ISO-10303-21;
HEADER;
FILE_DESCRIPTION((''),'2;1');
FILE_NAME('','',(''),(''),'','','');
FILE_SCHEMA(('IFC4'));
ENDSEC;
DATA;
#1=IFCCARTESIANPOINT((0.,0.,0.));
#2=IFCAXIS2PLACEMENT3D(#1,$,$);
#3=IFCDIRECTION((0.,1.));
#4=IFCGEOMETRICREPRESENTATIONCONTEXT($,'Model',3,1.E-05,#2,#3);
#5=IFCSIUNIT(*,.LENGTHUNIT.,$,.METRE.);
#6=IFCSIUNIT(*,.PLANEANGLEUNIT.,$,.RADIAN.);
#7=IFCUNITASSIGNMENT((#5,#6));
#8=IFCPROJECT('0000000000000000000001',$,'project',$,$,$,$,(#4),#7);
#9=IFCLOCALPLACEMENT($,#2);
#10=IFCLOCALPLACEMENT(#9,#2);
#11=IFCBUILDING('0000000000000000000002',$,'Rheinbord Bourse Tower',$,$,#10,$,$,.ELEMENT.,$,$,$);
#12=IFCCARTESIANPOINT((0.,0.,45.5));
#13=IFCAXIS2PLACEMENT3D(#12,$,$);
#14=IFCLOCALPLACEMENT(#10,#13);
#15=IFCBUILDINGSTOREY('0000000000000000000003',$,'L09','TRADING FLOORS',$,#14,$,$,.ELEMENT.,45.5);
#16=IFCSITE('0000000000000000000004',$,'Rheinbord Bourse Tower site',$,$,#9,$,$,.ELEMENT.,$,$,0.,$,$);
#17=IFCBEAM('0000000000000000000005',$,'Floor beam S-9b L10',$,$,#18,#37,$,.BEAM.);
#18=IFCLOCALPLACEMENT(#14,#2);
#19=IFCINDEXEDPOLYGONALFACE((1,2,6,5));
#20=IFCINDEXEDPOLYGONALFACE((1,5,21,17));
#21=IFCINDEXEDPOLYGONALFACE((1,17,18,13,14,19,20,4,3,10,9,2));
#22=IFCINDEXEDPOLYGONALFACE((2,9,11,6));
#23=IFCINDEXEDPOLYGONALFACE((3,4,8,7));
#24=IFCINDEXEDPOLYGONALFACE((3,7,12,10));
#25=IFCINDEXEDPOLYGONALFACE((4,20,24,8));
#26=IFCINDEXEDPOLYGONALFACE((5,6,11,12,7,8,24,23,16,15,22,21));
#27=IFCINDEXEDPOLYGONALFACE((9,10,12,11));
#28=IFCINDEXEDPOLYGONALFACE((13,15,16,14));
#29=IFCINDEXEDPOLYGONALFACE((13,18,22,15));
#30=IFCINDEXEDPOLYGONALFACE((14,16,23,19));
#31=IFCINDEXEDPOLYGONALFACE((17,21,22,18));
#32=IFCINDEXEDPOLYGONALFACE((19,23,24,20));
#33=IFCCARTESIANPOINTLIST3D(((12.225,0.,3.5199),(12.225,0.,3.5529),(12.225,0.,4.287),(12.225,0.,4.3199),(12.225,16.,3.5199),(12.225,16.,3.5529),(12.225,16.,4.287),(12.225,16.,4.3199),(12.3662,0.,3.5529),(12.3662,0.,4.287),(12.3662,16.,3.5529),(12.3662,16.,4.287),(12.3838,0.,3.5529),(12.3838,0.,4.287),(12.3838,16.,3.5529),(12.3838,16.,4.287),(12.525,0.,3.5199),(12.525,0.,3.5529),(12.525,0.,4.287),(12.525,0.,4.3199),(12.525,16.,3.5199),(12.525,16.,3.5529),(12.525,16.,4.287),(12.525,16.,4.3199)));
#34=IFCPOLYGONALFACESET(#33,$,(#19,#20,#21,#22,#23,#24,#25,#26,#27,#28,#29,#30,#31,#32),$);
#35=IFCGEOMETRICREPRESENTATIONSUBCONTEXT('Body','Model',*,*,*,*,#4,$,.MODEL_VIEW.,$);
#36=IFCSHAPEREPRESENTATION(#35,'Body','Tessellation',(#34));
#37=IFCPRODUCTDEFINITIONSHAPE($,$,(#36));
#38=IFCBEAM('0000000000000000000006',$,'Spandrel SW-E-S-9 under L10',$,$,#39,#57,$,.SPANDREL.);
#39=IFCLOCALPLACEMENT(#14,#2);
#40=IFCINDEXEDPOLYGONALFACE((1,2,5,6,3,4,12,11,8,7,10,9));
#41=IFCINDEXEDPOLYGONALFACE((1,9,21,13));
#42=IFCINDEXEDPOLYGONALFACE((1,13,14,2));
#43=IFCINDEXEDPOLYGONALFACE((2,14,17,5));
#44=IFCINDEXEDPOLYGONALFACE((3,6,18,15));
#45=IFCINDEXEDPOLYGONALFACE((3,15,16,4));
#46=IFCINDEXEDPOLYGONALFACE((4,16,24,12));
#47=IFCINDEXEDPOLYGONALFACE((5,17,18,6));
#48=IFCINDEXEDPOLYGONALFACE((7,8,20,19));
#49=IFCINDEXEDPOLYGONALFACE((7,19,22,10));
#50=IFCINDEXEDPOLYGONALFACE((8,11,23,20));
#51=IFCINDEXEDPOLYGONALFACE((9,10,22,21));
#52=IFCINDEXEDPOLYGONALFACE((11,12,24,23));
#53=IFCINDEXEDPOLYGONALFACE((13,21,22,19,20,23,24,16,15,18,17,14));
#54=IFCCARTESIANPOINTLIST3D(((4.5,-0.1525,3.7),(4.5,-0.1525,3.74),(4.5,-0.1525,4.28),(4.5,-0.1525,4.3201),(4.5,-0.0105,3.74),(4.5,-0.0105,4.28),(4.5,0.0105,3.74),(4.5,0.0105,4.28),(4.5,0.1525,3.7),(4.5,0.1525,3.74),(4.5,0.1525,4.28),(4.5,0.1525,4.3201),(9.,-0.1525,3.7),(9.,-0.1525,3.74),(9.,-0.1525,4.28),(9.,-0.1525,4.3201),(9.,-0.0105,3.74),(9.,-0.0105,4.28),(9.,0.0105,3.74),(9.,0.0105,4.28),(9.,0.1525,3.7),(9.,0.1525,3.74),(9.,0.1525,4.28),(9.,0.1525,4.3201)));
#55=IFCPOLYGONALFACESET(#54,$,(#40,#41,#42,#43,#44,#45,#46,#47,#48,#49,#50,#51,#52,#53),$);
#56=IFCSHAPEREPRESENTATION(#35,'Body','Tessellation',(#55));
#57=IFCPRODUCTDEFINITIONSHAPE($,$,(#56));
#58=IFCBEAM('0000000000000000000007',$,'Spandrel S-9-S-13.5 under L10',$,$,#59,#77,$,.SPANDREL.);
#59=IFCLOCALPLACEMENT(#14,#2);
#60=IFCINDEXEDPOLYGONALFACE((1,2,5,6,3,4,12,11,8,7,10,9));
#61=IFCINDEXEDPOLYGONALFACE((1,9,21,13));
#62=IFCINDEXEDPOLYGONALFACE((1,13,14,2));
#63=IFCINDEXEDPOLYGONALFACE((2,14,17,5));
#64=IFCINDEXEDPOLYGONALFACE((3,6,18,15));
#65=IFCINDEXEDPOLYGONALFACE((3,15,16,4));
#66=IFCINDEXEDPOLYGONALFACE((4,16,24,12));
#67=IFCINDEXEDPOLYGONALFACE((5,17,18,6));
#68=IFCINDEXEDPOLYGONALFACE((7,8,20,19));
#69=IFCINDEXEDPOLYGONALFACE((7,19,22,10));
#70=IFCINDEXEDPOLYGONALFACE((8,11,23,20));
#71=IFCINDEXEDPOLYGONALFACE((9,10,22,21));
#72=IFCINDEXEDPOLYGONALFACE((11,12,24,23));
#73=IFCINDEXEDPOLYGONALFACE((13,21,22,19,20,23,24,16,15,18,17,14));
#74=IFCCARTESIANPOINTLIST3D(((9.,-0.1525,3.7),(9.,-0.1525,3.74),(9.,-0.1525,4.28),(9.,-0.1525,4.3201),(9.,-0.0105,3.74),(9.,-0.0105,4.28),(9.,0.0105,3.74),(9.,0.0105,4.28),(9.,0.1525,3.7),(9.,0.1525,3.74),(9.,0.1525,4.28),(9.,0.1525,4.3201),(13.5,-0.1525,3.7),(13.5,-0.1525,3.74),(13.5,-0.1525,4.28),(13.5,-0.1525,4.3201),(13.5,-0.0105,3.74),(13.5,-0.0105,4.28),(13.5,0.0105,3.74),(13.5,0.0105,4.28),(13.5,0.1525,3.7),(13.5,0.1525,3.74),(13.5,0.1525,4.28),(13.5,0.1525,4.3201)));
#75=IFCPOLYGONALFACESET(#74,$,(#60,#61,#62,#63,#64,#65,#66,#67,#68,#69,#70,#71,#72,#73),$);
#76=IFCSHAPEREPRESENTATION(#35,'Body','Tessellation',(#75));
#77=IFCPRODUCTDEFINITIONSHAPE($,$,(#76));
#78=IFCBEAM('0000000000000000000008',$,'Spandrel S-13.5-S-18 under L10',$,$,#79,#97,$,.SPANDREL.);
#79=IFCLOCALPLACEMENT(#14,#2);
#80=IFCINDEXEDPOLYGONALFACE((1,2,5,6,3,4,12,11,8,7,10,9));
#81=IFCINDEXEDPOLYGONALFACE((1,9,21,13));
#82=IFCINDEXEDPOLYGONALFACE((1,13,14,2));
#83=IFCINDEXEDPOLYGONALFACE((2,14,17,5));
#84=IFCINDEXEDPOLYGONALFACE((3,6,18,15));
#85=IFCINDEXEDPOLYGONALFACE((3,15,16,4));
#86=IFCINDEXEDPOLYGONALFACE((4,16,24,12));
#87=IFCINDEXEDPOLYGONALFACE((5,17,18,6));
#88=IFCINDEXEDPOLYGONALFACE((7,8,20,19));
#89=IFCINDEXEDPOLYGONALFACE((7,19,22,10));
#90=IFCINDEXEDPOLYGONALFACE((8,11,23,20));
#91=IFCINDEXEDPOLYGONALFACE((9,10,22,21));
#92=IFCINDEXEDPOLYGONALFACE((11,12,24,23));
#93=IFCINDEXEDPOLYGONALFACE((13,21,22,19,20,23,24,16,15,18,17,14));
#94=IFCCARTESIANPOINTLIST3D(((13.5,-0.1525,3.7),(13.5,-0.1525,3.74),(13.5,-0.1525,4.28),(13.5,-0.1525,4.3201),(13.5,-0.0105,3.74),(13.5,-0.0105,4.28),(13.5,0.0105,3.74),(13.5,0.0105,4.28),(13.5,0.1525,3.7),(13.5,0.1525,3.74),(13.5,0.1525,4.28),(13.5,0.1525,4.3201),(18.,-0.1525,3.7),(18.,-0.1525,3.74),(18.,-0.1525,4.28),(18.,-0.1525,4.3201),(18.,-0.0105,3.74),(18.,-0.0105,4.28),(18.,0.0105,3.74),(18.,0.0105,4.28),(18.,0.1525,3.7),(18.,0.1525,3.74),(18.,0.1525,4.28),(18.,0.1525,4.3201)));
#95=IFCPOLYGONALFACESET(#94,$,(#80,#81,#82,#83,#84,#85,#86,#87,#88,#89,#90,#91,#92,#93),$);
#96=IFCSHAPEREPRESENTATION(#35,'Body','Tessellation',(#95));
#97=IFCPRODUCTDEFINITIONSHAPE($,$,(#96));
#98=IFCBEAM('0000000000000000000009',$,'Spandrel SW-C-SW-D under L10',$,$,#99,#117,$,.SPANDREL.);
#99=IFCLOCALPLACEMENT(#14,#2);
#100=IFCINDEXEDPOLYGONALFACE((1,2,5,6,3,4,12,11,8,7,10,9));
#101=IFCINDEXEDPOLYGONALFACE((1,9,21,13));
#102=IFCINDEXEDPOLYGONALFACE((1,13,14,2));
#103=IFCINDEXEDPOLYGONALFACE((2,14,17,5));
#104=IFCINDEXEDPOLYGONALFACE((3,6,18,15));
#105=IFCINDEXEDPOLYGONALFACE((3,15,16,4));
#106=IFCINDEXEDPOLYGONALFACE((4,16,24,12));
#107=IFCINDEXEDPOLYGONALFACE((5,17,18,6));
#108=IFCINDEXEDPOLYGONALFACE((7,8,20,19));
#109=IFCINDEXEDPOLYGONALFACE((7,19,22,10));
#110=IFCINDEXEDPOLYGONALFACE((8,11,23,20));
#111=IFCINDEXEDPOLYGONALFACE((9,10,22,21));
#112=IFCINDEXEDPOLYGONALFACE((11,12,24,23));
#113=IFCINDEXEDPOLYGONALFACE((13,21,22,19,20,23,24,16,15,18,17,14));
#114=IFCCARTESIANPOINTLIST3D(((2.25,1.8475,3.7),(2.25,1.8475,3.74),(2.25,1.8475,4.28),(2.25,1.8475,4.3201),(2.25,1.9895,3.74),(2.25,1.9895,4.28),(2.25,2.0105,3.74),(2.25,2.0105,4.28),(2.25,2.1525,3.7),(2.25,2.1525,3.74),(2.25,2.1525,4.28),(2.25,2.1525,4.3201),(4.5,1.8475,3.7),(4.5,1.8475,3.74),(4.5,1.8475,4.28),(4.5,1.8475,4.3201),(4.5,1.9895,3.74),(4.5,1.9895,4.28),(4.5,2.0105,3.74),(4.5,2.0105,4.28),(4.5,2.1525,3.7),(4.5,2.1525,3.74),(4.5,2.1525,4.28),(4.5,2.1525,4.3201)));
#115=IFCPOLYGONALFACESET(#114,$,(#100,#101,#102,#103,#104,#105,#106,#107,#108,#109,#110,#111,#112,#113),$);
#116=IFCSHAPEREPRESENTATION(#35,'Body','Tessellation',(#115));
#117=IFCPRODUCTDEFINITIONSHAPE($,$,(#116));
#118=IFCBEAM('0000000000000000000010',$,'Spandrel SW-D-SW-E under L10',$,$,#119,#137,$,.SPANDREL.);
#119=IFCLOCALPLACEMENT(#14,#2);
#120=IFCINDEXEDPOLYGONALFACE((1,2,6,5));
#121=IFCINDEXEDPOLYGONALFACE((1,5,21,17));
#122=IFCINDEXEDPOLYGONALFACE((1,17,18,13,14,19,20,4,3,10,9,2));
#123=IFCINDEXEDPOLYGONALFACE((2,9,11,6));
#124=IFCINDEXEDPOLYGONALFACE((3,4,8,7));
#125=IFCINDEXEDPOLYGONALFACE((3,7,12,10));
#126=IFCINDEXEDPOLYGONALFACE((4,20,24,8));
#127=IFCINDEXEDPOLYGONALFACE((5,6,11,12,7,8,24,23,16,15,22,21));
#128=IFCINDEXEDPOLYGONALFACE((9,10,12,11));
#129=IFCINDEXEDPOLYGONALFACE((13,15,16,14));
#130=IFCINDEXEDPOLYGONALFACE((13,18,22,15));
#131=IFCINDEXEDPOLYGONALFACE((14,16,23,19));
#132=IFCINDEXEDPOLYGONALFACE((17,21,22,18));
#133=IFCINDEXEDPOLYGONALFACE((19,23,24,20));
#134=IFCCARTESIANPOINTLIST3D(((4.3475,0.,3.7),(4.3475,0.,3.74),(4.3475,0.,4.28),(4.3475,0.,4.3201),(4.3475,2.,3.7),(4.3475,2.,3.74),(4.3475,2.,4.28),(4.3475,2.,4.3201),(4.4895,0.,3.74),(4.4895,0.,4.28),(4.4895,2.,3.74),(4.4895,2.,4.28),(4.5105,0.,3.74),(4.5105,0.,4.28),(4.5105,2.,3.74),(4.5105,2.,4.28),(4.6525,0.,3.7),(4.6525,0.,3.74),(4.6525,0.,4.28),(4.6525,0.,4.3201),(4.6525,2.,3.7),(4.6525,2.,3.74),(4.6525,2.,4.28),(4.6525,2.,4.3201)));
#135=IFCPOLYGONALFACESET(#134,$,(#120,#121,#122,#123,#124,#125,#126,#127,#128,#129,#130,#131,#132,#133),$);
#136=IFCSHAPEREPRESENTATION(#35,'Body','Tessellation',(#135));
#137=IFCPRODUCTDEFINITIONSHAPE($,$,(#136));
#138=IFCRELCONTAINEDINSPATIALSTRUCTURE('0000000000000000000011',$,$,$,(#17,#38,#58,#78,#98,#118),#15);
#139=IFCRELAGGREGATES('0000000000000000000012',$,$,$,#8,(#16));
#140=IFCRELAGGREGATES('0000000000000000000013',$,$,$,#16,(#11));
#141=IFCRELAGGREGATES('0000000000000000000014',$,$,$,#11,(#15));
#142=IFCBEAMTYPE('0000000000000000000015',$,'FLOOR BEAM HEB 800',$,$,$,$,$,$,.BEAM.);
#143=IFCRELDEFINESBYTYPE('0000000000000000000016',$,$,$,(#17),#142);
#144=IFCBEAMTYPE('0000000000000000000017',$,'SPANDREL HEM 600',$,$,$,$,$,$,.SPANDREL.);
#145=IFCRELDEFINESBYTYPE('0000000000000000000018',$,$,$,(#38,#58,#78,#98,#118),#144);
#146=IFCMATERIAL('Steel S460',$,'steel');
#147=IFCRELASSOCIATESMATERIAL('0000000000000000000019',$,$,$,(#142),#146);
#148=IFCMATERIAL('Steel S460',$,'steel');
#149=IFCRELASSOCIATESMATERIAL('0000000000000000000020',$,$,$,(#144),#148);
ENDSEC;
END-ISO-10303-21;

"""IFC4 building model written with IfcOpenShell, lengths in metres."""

from ifc_helpers import new_model, si_unit, direction, frame, origin, origin_2d, place, context, subcontext, project, spatial, i_section, extrude, material, material_profile, profile_set, type_object, element, save


model = new_model("IFC4")

# Units and contexts
model_context = context("Model", 3, precision=1e-05, world=origin(), true_north=direction((0.0, 1.0)))
body_context = subcontext(model_context, "Body", "Model", "MODEL_VIEW")
ifc_project = project(units=[si_unit("LENGTHUNIT", "METRE"), si_unit("PLANEANGLEUNIT", "RADIAN")], contexts=[model_context])

# Site, building, storey
site_placement = place(None, origin())
site = spatial("IfcSite", under=ifc_project, at=site_placement, Name="Rheinbord Bourse Tower site", CompositionType="ELEMENT", RefElevation=0.0)
building_placement = place(site_placement, origin())
building = spatial("IfcBuilding", under=site, at=building_placement, Name="Rheinbord Bourse Tower", CompositionType="ELEMENT")
storey_placement = place(building_placement, frame((0.0, 0.0, 45.5)))
storey = spatial("IfcBuildingStorey", under=building, at=storey_placement, Name="L09", Description="TRADING FLOORS", CompositionType="ELEMENT", Elevation=45.5)

# Beams
ifc_material_1 = material(Name="Steel S460", Category="steel")
ifc_material_profile_1 = material_profile(ifc_material_1, i_section(OverallWidth=0.3, OverallDepth=0.8, WebThickness=0.0176, FlangeThickness=0.033, at=origin_2d()), Name="HEB 800")
ifc_profile_set_1 = profile_set([ifc_material_profile_1], Name="Steel S460")
beam_type_1 = type_object("IfcBeamType", Name="FLOOR BEAM HEB 800", PredefinedType="BEAM", material=ifc_profile_set_1)
for number, where, z_axis, x_axis, name in (
    (1, (12.375, 0.0, 3.9199), (0.0, 1.0, 0.0), (-1.0, 0.0, 0.0), "Floor beam S-9b L10"),
):
    element("IfcBeam", number, at=place(storey_placement, frame(where, z_axis=z_axis, x_axis=x_axis)), inside=storey, type_object=beam_type_1, Name=name, PredefinedType="BEAM", context=body_context, shape_type="SweptSolid", body=[
        extrude(i_section(OverallWidth=0.3, OverallDepth=0.8, WebThickness=0.0176, FlangeThickness=0.033, at=origin_2d()), origin(), (0.0, 0.0, 1.0), 16.0),
    ])
ifc_material_2 = material(Name="Steel S460", Category="steel")
ifc_material_profile_2 = material_profile(ifc_material_2, i_section(OverallWidth=0.3049, OverallDepth=0.6201, WebThickness=0.021, FlangeThickness=0.04, at=origin_2d()), Name="HEM 600")
ifc_profile_set_2 = profile_set([ifc_material_profile_2], Name="Steel S460")
beam_type_2 = type_object("IfcBeamType", Name="SPANDREL HEM 600", PredefinedType="SPANDREL", material=ifc_profile_set_2)
for number, where, z_axis, x_axis, name in (
    (2, (4.5, 0.0, 4.01), (1.0, 0.0, 0.0), (0.0, 1.0, 0.0), "Spandrel SW-E-S-9 under L10"),
    (3, (9.0, 0.0, 4.01), (1.0, 0.0, 0.0), (0.0, 1.0, 0.0), "Spandrel S-9-S-13.5 under L10"),
    (4, (13.5, 0.0, 4.01), (1.0, 0.0, 0.0), (0.0, 1.0, 0.0), "Spandrel S-13.5-S-18 under L10"),
):
    element("IfcBeam", number, at=place(storey_placement, frame(where, z_axis=z_axis, x_axis=x_axis)), inside=storey, type_object=beam_type_2, Name=name, PredefinedType="SPANDREL", context=body_context, shape_type="SweptSolid", body=[
        extrude(i_section(OverallWidth=0.3049, OverallDepth=0.6201, WebThickness=0.021, FlangeThickness=0.04, at=origin_2d()), origin(), (0.0, 0.0, 1.0), 4.5),
    ])
beam_1_placement = place(storey_placement, frame((2.25, 2.0, 4.01), z_axis=(1.0, 0.0, 0.0), x_axis=(0.0, 1.0, 0.0)))
element("IfcBeam", 5, at=beam_1_placement, inside=storey, type_object=beam_type_2, Name="Spandrel SW-C-SW-D under L10", PredefinedType="SPANDREL", context=body_context, shape_type="SweptSolid", body=[
    extrude(i_section(OverallWidth=0.3049, OverallDepth=0.6201, WebThickness=0.021, FlangeThickness=0.04, at=origin_2d()), origin(), (0.0, 0.0, 1.0), 2.25),
])
beam_2_placement = place(storey_placement, frame((4.5, 2.0, 4.01), z_axis=(0.0, -1.0, 0.0), x_axis=(1.0, 0.0, 0.0)))
element("IfcBeam", 6, at=beam_2_placement, inside=storey, type_object=beam_type_2, Name="Spandrel SW-D-SW-E under L10", PredefinedType="SPANDREL", context=body_context, shape_type="SweptSolid", body=[
    extrude(i_section(OverallWidth=0.3049, OverallDepth=0.6201, WebThickness=0.021, FlangeThickness=0.04, at=origin_2d()), origin(), (0.0, 0.0, 1.0), 2.0),
])

save(model, "model.ifc")
